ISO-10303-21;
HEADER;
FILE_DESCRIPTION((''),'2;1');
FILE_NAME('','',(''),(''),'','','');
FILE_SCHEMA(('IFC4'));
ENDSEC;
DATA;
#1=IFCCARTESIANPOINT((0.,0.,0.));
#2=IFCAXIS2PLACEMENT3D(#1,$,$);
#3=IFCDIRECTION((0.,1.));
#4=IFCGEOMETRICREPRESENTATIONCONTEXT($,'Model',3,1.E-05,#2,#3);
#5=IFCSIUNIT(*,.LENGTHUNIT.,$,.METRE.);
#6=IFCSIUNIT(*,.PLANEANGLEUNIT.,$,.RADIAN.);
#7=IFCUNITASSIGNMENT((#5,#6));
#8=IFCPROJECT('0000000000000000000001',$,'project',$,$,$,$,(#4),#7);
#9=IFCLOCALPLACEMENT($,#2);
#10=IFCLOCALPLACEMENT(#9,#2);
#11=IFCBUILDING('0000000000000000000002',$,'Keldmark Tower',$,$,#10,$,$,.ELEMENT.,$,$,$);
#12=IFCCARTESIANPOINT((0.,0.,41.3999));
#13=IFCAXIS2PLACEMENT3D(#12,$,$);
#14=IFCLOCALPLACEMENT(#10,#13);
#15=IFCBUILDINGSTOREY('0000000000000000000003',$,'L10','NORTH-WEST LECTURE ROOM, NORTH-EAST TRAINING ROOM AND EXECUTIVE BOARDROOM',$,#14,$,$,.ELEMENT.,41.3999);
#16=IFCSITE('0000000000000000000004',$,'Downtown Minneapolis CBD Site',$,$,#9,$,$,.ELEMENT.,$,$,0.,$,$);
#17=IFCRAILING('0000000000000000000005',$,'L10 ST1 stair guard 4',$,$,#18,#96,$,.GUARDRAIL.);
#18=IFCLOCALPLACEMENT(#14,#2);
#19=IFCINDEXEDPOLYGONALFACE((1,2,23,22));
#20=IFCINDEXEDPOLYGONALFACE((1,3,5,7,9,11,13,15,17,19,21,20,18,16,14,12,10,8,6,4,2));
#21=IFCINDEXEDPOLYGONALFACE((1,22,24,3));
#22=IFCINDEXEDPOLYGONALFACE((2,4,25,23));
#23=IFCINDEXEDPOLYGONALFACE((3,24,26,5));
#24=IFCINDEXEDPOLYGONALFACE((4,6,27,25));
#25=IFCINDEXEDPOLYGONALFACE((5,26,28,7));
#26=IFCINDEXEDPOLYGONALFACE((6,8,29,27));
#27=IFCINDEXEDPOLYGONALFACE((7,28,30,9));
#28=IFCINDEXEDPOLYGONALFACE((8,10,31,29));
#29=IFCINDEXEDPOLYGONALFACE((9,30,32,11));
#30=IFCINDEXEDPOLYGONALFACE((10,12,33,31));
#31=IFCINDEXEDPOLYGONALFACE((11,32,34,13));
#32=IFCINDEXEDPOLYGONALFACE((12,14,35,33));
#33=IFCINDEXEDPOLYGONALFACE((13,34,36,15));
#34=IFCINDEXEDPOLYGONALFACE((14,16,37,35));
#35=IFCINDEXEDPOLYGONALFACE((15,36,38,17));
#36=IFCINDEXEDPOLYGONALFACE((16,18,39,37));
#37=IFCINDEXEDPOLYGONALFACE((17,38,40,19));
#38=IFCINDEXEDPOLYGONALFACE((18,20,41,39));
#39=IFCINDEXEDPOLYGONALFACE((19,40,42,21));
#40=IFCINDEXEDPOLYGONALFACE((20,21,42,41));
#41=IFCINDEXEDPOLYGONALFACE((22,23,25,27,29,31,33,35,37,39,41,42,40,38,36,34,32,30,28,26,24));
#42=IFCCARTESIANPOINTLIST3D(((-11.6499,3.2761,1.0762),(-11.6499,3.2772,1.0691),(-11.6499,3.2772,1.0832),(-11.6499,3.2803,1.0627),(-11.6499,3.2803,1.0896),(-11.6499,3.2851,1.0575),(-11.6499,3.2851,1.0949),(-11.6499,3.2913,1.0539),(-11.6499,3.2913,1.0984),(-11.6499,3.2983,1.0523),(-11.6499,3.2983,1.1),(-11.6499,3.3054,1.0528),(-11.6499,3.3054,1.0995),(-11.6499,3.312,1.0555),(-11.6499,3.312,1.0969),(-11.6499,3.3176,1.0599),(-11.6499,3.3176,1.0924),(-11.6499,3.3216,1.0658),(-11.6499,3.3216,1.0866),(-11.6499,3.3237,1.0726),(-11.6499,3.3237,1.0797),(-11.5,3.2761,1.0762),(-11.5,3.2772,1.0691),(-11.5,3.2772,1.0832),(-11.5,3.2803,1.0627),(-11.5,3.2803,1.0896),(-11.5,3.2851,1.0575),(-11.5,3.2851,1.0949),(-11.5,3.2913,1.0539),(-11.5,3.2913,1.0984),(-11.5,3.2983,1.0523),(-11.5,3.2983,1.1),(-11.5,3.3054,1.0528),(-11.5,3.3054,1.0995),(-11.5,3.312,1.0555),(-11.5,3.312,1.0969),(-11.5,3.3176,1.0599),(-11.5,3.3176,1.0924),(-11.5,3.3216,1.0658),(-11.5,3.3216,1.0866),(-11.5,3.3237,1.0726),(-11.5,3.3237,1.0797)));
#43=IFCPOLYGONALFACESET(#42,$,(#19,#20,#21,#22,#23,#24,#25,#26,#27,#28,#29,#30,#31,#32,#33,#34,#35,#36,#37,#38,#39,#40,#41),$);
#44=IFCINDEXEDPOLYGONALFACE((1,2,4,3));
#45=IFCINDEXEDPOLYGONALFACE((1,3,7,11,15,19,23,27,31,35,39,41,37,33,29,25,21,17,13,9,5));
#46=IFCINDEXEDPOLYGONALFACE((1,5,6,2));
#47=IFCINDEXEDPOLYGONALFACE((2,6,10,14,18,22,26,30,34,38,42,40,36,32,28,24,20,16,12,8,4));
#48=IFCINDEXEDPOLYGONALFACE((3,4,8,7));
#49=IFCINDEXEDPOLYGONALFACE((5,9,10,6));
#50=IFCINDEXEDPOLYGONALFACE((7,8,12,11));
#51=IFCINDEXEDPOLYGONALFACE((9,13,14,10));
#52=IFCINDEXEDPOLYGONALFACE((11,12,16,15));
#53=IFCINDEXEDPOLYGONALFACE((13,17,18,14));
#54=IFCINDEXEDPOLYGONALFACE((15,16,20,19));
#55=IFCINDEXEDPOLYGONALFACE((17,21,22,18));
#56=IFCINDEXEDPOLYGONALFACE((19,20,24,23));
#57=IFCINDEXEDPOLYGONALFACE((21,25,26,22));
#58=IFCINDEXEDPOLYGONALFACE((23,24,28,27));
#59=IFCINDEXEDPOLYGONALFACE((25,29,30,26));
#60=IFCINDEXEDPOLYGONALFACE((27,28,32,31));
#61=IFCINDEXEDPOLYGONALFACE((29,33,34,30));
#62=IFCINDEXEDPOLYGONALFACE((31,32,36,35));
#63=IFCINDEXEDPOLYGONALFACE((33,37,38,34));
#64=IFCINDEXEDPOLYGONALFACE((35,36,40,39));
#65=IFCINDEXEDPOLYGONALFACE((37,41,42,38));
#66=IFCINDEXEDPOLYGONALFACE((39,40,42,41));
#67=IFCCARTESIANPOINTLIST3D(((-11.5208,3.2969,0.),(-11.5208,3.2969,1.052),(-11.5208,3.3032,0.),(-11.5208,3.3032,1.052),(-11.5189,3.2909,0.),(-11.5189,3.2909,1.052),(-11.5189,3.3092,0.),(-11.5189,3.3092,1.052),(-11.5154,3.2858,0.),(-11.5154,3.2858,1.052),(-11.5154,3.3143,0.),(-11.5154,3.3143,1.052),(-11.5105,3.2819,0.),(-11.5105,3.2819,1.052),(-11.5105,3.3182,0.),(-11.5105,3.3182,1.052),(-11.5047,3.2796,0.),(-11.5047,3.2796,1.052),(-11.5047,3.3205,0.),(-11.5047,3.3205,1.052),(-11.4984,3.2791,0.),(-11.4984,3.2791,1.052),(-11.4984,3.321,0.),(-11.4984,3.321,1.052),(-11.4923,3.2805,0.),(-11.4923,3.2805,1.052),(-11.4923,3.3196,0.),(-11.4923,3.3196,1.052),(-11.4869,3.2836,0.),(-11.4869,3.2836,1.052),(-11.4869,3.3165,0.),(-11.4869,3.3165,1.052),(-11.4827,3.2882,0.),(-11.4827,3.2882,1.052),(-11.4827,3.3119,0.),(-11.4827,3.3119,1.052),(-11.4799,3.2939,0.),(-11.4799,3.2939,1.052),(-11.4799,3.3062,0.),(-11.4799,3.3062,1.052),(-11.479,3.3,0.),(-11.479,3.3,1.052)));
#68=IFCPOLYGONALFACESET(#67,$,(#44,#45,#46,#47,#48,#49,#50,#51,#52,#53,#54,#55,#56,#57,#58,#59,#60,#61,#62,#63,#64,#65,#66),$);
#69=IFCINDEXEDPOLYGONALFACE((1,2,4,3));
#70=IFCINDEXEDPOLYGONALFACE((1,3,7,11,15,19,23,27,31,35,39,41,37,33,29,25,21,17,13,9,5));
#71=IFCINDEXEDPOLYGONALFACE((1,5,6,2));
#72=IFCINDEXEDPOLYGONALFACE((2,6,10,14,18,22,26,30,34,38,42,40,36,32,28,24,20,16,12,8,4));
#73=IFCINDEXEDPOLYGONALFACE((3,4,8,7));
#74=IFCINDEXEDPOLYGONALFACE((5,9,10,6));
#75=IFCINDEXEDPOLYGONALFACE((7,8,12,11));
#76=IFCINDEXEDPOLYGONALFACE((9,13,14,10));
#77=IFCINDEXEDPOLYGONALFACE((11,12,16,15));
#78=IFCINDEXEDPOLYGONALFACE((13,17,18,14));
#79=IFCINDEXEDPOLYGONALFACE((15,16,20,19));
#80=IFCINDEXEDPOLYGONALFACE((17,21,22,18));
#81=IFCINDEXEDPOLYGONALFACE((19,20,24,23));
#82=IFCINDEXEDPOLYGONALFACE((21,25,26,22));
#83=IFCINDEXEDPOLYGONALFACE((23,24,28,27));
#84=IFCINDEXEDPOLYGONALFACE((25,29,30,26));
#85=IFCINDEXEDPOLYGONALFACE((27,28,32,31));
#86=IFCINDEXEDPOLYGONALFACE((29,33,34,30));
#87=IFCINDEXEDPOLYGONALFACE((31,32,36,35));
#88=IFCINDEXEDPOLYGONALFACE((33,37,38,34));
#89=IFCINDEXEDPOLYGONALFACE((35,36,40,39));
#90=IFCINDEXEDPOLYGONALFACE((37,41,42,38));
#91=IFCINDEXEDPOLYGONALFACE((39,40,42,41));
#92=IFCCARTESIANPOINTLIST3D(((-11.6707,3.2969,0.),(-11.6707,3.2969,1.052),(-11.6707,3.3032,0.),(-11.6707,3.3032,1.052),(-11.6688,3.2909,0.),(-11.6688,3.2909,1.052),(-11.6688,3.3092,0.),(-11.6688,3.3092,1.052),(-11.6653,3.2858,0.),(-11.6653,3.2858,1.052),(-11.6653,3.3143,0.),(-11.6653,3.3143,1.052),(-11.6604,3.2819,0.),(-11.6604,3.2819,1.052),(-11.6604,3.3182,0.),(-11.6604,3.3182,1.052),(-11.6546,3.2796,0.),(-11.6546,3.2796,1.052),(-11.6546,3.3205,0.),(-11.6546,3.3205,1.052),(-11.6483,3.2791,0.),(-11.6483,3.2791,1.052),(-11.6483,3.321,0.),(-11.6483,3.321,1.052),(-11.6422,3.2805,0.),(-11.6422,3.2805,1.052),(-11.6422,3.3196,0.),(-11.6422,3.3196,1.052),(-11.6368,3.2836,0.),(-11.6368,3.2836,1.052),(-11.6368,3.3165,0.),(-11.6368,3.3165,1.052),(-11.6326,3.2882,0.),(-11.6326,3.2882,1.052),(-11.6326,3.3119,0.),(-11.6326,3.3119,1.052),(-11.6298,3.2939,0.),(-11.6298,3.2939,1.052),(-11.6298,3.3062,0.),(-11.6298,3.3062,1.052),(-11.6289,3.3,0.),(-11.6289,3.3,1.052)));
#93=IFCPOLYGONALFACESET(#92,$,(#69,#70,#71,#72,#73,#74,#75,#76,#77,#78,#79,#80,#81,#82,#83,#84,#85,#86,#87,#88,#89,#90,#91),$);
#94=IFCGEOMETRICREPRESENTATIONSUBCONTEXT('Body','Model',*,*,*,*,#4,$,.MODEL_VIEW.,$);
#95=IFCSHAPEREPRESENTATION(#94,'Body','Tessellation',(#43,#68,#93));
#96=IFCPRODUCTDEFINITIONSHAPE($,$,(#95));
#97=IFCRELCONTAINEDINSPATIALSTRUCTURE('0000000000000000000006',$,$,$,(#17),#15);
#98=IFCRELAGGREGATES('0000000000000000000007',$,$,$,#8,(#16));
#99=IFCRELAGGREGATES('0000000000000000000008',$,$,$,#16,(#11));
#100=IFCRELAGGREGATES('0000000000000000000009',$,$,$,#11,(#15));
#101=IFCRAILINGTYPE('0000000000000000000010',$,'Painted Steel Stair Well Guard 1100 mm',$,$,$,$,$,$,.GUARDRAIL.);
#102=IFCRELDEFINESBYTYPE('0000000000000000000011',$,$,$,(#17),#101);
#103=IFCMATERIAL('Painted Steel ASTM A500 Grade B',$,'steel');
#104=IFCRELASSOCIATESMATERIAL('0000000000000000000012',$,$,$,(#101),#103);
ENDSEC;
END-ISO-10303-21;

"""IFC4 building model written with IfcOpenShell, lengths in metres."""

from ifc_helpers import new_model, si_unit, direction, frame, origin, origin_2d, place, context, subcontext, project, spatial, circle, extrude, material, type_object, element, save


model = new_model("IFC4")

# Units and contexts
model_context = context("Model", 3, precision=1e-05, world=origin(), true_north=direction((0.0, 1.0)))
body_context = subcontext(model_context, "Body", "Model", "MODEL_VIEW")
ifc_project = project(units=[si_unit("LENGTHUNIT", "METRE"), si_unit("PLANEANGLEUNIT", "RADIAN")], contexts=[model_context])

# Site, building, storey
site_placement = place(None, origin())
site = spatial("IfcSite", under=ifc_project, at=site_placement, Name="Downtown Minneapolis CBD Site", CompositionType="ELEMENT", RefElevation=0.0)
building_placement = place(site_placement, origin())
building = spatial("IfcBuilding", under=site, at=building_placement, Name="Keldmark Tower", CompositionType="ELEMENT")
storey_placement = place(building_placement, frame((0.0, 0.0, 41.3999)))
storey = spatial("IfcBuildingStorey", under=building, at=storey_placement, Name="L10", Description="NORTH-WEST LECTURE ROOM, NORTH-EAST TRAINING ROOM AND EXECUTIVE BOARDROOM", CompositionType="ELEMENT", Elevation=41.3999)

# Railing
ifc_material_1 = material(Name="Painted Steel ASTM A500 Grade B", Category="steel")
railing_type_1 = type_object("IfcRailingType", Name="Painted Steel Stair Well Guard 1100 mm", PredefinedType="GUARDRAIL", material=ifc_material_1)
railing_1_placement = place(storey_placement, frame((-11.5, 3.3, 0.0)))
element("IfcRailing", 1, at=railing_1_placement, inside=storey, type_object=railing_type_1, Name="L10 ST1 stair guard 4", PredefinedType="GUARDRAIL", context=body_context, shape_type="SweptSolid", body=[
    extrude(circle(Radius=0.0239, at=origin_2d()), frame((0.0, 0.0, 1.0762), z_axis=(-1.0, 0.0, 0.0), x_axis=(0.0, -1.0, 0.0)), (0.0, 0.0, 1.0), 0.1499),
    extrude(circle(Radius=0.021, at=origin_2d()), origin(), (0.0, 0.0, 1.0), 1.052),
    extrude(circle(Radius=0.021, at=origin_2d()), frame((-0.1499, 0.0, 0.0)), (0.0, 0.0, 1.0), 1.052),
])

save(model, "model.ifc")
